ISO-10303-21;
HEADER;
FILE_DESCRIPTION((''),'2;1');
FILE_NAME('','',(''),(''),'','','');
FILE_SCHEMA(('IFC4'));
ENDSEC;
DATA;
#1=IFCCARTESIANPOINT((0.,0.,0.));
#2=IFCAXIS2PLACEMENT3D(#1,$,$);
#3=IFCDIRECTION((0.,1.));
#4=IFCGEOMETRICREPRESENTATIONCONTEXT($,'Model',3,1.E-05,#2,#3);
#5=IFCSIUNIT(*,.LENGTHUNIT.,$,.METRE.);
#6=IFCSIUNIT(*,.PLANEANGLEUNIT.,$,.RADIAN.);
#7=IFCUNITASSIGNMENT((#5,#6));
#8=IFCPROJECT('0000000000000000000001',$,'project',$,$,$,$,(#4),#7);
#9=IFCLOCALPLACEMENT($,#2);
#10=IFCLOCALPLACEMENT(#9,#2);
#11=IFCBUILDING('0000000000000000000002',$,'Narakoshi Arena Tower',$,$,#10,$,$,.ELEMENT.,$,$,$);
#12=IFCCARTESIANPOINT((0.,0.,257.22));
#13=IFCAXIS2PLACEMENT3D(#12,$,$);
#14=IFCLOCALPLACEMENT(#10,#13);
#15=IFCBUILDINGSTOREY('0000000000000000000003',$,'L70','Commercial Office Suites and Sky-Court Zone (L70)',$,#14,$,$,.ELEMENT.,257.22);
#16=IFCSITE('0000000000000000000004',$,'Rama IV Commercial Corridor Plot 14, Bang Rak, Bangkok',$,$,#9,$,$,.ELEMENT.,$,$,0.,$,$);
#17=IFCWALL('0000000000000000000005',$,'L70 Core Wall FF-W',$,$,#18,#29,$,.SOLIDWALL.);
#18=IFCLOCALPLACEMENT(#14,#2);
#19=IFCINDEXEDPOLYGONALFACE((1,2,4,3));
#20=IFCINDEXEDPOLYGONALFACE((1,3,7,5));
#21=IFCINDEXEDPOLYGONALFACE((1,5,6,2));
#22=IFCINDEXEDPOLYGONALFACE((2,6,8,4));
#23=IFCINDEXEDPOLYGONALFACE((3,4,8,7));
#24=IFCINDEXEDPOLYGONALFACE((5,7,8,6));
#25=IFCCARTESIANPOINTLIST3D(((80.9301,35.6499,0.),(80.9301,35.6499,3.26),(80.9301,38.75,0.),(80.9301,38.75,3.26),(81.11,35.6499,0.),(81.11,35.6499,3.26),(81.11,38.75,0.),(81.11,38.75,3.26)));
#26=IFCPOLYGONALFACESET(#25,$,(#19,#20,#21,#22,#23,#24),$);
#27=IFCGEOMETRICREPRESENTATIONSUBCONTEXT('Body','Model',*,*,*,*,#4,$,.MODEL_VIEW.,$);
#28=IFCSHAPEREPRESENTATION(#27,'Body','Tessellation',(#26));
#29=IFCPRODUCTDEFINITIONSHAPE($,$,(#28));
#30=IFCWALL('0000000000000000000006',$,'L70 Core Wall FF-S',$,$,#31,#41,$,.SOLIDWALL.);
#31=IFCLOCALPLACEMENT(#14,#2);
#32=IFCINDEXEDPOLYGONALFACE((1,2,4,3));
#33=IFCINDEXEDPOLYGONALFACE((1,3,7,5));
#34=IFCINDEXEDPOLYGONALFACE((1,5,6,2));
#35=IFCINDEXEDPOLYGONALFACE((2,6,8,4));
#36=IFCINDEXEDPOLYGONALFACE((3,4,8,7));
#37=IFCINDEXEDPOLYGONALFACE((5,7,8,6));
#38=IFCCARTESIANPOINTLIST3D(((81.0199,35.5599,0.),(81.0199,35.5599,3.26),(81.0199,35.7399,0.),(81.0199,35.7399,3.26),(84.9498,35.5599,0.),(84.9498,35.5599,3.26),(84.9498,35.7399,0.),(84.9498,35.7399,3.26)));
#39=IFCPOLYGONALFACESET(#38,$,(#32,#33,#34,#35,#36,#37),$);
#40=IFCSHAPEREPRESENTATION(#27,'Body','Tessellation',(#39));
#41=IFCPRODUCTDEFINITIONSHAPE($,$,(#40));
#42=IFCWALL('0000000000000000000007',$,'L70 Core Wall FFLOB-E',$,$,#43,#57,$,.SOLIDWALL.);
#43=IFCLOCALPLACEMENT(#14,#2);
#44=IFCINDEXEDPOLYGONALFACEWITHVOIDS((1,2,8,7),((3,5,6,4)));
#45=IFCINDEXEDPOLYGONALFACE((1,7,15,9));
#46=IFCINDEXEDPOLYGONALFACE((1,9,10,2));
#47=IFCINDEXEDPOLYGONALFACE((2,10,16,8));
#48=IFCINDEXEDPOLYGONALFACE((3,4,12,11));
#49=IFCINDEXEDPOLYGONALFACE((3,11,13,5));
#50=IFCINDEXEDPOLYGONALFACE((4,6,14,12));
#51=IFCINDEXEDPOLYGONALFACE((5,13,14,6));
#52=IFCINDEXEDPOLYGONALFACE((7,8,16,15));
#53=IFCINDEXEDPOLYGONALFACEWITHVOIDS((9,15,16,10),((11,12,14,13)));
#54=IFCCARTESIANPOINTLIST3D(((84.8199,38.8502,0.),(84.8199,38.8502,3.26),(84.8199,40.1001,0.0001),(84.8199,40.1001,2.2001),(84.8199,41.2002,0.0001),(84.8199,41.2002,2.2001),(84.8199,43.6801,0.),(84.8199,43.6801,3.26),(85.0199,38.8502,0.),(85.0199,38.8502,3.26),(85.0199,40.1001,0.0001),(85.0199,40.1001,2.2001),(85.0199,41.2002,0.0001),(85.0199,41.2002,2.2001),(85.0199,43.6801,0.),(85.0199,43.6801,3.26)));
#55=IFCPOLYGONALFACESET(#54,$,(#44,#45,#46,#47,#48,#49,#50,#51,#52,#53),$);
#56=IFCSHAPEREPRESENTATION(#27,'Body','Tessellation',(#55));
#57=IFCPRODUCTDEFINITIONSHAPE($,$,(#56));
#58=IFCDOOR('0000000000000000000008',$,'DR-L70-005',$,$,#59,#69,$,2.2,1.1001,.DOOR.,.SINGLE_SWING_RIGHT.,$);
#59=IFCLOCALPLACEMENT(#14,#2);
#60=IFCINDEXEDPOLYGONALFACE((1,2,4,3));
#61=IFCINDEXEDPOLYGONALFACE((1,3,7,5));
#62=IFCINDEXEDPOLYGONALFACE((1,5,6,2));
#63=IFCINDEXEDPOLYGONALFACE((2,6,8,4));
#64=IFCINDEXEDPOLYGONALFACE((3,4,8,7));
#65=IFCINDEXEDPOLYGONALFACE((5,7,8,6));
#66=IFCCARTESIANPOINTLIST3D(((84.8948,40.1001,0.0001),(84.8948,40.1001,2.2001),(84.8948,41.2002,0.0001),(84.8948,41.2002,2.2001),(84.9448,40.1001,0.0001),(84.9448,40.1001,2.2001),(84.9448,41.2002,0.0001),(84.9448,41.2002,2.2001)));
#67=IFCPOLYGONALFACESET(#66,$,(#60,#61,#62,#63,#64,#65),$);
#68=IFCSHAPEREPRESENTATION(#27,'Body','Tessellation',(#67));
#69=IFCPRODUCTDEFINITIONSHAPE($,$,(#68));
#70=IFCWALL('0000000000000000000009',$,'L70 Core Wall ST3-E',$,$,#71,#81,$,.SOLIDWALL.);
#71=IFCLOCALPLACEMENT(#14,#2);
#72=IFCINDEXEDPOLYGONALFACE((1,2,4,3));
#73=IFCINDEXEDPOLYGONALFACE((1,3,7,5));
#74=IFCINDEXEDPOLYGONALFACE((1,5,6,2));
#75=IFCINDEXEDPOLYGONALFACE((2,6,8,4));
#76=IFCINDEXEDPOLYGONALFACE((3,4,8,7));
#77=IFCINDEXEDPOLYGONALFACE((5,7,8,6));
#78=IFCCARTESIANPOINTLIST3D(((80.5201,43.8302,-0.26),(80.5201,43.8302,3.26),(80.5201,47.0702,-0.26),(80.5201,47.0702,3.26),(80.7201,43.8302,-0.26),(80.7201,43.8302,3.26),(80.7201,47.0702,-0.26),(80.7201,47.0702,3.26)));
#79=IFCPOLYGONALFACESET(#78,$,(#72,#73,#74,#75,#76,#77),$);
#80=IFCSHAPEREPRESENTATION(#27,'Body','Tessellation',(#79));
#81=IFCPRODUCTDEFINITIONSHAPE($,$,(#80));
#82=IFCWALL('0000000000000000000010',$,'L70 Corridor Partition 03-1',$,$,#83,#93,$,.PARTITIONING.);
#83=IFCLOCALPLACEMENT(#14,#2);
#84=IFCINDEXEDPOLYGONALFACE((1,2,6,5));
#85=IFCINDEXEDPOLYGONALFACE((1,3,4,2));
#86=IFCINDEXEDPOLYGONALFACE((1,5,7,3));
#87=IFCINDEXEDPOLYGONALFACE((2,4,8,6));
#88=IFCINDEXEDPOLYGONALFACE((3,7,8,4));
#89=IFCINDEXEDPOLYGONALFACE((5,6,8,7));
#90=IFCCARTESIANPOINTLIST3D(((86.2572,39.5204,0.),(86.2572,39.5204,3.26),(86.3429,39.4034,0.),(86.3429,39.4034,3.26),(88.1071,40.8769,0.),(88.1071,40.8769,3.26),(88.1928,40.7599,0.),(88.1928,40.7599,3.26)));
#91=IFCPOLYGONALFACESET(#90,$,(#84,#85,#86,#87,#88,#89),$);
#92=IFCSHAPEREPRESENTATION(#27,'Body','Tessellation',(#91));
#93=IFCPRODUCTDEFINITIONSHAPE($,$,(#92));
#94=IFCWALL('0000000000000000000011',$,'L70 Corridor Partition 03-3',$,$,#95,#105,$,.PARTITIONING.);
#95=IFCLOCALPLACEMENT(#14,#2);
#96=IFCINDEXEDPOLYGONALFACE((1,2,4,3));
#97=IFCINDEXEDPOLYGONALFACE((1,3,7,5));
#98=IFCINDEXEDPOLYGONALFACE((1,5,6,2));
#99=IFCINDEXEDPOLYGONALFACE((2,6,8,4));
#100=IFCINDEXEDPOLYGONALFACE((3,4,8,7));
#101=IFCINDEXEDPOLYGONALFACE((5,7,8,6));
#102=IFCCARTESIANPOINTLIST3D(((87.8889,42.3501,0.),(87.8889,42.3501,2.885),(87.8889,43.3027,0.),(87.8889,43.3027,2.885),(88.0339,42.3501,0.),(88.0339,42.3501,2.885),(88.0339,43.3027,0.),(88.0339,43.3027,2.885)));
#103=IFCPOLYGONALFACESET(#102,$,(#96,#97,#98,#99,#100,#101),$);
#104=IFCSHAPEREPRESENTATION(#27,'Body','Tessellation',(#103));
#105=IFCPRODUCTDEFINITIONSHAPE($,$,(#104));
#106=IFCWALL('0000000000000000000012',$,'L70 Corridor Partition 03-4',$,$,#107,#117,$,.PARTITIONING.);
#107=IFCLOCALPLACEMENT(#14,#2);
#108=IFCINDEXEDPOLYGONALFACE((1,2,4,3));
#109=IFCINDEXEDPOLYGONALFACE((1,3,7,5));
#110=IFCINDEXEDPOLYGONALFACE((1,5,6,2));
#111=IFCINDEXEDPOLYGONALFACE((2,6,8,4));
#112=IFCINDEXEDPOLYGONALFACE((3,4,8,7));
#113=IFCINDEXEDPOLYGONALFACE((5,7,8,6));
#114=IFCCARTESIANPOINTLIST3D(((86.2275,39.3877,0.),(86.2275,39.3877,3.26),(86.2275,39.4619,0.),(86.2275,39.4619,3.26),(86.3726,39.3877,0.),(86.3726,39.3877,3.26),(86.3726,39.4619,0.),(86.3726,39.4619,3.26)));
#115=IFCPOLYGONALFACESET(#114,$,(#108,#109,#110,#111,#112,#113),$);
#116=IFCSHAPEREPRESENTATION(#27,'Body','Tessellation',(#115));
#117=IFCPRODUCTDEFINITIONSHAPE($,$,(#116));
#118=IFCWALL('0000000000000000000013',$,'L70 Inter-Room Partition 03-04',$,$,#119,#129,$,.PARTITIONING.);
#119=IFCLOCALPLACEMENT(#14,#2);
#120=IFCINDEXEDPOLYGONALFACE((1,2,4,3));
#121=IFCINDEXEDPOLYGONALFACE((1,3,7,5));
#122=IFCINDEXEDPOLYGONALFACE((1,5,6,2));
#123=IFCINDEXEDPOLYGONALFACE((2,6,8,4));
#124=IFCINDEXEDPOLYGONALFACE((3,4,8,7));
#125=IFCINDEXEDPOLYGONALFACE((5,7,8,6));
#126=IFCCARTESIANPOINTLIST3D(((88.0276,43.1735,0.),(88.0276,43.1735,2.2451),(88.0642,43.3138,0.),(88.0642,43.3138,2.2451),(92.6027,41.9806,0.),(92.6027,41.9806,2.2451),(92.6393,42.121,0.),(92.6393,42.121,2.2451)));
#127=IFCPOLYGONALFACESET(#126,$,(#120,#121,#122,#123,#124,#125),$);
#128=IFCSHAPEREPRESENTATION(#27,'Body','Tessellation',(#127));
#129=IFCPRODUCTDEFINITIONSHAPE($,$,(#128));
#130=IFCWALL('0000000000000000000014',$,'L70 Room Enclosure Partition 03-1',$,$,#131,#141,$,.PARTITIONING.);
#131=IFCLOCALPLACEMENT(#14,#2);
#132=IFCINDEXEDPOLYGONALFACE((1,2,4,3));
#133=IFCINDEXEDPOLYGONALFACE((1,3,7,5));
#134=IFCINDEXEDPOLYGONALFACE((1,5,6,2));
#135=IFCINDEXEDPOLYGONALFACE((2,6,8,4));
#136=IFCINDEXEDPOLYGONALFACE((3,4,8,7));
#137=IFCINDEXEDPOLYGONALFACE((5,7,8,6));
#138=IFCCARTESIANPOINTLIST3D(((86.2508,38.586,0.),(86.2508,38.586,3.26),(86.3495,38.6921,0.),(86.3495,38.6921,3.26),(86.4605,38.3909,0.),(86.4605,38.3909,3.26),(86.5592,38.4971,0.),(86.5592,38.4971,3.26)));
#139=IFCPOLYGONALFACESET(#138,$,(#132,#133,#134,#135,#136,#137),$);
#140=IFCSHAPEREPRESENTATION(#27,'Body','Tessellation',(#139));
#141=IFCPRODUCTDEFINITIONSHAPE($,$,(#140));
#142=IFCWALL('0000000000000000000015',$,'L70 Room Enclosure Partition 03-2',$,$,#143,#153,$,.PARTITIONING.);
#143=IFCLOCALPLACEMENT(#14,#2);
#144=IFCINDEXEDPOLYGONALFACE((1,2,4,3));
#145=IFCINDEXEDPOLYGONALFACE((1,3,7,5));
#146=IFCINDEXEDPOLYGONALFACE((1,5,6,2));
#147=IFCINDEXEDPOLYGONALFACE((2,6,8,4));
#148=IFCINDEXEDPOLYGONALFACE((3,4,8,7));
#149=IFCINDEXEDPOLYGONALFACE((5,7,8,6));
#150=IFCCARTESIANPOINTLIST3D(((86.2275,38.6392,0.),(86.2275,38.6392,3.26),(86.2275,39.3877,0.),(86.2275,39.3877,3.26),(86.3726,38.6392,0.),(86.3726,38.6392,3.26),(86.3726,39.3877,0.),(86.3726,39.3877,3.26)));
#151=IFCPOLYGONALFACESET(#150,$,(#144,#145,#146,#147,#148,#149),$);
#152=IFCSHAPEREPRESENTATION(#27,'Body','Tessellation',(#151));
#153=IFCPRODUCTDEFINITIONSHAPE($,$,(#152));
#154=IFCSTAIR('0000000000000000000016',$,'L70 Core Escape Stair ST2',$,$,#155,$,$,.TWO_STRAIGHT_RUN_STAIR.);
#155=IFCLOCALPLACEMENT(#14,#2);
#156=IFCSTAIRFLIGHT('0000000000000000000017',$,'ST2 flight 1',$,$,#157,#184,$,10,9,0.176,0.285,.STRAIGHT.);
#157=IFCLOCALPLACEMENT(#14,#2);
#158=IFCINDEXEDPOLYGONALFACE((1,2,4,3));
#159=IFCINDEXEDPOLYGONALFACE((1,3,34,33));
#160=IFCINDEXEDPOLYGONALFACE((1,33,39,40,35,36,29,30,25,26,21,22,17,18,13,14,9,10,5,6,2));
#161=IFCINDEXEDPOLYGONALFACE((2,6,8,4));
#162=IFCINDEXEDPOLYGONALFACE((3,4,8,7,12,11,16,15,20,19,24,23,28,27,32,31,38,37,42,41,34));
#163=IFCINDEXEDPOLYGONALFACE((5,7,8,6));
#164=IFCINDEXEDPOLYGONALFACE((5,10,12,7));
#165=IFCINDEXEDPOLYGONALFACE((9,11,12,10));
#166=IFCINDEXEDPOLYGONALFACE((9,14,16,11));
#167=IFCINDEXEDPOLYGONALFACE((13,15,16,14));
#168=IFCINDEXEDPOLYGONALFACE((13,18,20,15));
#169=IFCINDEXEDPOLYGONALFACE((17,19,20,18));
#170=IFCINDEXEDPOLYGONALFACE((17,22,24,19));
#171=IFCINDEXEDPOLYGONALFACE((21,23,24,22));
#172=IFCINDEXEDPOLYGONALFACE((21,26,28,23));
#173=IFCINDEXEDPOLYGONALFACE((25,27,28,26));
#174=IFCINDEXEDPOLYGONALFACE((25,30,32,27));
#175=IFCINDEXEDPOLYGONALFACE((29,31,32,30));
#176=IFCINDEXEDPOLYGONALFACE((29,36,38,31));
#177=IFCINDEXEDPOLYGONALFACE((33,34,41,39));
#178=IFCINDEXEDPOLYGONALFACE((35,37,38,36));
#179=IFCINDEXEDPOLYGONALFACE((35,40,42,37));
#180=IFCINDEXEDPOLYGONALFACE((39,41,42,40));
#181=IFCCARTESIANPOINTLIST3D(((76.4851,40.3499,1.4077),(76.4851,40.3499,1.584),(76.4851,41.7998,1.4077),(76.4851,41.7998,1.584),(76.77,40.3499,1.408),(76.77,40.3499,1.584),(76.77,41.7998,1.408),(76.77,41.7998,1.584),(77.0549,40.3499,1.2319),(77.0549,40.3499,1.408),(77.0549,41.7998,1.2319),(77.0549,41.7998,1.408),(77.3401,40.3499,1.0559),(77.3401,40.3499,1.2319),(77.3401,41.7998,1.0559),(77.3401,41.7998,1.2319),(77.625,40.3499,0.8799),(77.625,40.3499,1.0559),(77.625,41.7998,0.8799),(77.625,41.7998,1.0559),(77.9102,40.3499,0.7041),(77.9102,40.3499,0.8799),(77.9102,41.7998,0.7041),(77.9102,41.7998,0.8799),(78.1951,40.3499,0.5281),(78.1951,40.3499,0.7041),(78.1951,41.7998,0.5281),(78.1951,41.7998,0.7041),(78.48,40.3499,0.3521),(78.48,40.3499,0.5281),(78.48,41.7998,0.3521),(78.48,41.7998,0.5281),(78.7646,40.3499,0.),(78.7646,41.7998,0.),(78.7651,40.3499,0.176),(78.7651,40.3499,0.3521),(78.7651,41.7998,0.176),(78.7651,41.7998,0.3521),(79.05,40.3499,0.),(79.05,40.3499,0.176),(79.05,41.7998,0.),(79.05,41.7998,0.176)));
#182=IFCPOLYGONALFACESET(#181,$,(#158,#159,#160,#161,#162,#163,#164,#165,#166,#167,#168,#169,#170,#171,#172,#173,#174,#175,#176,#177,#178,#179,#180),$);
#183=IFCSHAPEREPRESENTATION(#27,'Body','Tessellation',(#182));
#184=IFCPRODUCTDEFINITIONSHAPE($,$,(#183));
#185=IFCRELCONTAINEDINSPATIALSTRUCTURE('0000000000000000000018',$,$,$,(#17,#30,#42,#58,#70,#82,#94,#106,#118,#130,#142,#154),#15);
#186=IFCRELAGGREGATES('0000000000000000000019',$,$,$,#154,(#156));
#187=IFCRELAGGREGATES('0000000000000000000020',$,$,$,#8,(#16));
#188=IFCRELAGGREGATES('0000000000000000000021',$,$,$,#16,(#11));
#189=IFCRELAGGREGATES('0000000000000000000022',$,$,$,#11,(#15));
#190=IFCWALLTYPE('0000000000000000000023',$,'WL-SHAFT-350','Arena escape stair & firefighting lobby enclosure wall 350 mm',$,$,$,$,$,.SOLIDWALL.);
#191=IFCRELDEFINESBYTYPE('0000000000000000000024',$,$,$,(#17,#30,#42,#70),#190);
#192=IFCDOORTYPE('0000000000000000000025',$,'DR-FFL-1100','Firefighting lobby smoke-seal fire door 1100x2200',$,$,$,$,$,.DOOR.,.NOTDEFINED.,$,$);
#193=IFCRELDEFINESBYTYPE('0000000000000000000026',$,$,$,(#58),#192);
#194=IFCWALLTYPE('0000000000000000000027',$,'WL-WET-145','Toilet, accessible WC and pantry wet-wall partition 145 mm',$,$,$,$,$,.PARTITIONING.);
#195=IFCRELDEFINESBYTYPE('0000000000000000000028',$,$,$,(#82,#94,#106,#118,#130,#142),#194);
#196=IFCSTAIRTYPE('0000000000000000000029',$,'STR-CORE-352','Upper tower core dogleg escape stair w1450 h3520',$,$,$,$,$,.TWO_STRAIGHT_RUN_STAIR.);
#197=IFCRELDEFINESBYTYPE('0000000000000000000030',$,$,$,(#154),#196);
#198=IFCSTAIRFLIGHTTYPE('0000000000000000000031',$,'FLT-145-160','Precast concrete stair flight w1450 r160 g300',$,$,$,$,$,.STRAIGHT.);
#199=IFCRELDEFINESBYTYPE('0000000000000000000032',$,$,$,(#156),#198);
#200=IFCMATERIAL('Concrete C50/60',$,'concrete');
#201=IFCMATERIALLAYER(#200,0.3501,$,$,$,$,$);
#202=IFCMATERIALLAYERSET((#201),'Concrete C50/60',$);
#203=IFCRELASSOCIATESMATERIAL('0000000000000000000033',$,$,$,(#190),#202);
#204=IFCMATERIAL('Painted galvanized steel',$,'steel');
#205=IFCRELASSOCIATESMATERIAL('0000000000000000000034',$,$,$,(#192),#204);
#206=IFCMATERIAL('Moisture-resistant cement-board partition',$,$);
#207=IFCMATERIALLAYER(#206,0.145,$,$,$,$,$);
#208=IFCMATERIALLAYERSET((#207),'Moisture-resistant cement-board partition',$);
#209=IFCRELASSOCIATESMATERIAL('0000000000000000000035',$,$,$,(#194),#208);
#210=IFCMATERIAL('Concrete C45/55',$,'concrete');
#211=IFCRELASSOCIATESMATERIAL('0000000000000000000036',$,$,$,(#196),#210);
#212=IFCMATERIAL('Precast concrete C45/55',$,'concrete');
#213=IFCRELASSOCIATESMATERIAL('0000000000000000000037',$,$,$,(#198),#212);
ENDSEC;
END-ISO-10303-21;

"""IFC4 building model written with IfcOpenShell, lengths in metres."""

from ifc_helpers import new_model, si_unit, direction, frame, frame_2d, origin, place, context, subcontext, project, spatial, polyline, rectangle, outline, extrude, material, layer, layer_set, type_object, element, fill, aggregate, save


model = new_model("IFC4")

# Units and contexts
model_context = context("Model", 3, precision=1e-05, world=origin(), true_north=direction((0.0, 1.0)))
body_context = subcontext(model_context, "Body", "Model", "MODEL_VIEW")
ifc_project = project(units=[si_unit("LENGTHUNIT", "METRE"), si_unit("PLANEANGLEUNIT", "RADIAN")], contexts=[model_context])

# Site, building, storey
site_placement = place(None, origin())
site = spatial("IfcSite", under=ifc_project, at=site_placement, Name="Rama IV Commercial Corridor Plot 14, Bang Rak, Bangkok", CompositionType="ELEMENT", RefElevation=0.0)
building_placement = place(site_placement, origin())
building = spatial("IfcBuilding", under=site, at=building_placement, Name="Narakoshi Arena Tower", CompositionType="ELEMENT")
storey_placement = place(building_placement, frame((0.0, 0.0, 257.22)))
storey = spatial("IfcBuildingStorey", under=building, at=storey_placement, Name="L70", Description="Commercial Office Suites and Sky-Court Zone (L70)", CompositionType="ELEMENT", Elevation=257.22)

# Shared definitions
ifc_material_1 = material(Name="Concrete C50/60", Category="concrete")

# Shared definitions
ifc_material_2 = material(Name="Precast concrete C45/55", Category="concrete")
ifc_layer_1 = layer(ifc_material_1, 0.3501)
ifc_layer_set_1 = layer_set([ifc_layer_1], Name="Concrete C50/60")
wall_type_1 = type_object("IfcWallType", Name="WL-SHAFT-350", Description="Arena escape stair & firefighting lobby enclosure wall 350 mm", PredefinedType="SOLIDWALL", material=ifc_layer_set_1)

# Shared definitions
ifc_material_3 = material(Name="Painted galvanized steel", Category="steel")

# Walls
for number, where, z_axis, x_axis, name in (
    (1, (81.02, 35.6499, 0.0), (0.0, 0.0, 1.0), (0.0, 1.0, 0.0), "L70 Core Wall FF-W"),
):
    element("IfcWall", number, at=place(storey_placement, frame(where, z_axis=z_axis, x_axis=x_axis)), inside=storey, type_object=wall_type_1, Name=name, PredefinedType="SOLIDWALL", context=body_context, shape_type="SweptSolid", body=[
        extrude(rectangle(XDim=3.1001, YDim=0.1799, at=frame_2d((1.55, 0.0))), origin(), (0.0, 0.0, 1.0), 3.26),
    ])
wall_1_placement = place(storey_placement, frame((81.02, 35.6499, 0.0), z_axis=(0.0, 0.0, 1.0), x_axis=(1.0, 0.0, 0.0)))
element("IfcWall", 2, at=wall_1_placement, inside=storey, type_object=wall_type_1, Name="L70 Core Wall FF-S", PredefinedType="SOLIDWALL", context=body_context, shape_type="SweptSolid", body=[
    extrude(rectangle(XDim=3.9299, YDim=0.1799, at=frame_2d((1.9648, 0.0))), origin(), (0.0, 0.0, 1.0), 3.26),
])

# Wall, opening, door
wall_2_placement = place(storey_placement, frame((84.9199, 38.8501, 0.0), z_axis=(0.0, 0.0, 1.0), x_axis=(0.0, 1.0, 0.0)))
wall_2 = element("IfcWall", 3, at=wall_2_placement, inside=storey, type_object=wall_type_1, Name="L70 Core Wall FFLOB-E", PredefinedType="SOLIDWALL", context=body_context, shape_type="SweptSolid", body=[
    extrude(rectangle(XDim=4.8298, YDim=0.2, at=frame_2d((2.415, 0.0))), origin(), (0.0, 0.0, 1.0), 3.26),
])
opening_1_placement = place(wall_2_placement, frame((1.25, 0.0, 0.0)))
opening_1 = element("IfcOpeningElement", 4, at=opening_1_placement, cuts=wall_2, PredefinedType="OPENING", context=body_context, shape_type="SweptSolid", body=[
    extrude(rectangle(XDim=1.1001, YDim=2.2, at=frame_2d((0.55, 1.1001))), frame((0.0, 0.1099, 0.0), z_axis=(0.0, -1.0, 0.0), x_axis=(1.0, 0.0, 0.0)), (0.0, 0.0, 1.0), 0.22),
])
door_type_1 = type_object("IfcDoorType", Name="DR-FFL-1100", Description="Firefighting lobby smoke-seal fire door 1100x2200", OperationType="NOTDEFINED", PredefinedType="DOOR", material=ifc_material_3)
door_1_placement = place(opening_1_placement, frame((1.1001, 0.0, 0.0), z_axis=(0.0, 0.0, 1.0), x_axis=(-1.0, 0.0, 0.0)))
door_1 = element("IfcDoor", 5, at=door_1_placement, inside=storey, type_object=door_type_1, Name="DR-L70-005", OperationType="SINGLE_SWING_RIGHT", OverallHeight=2.2, OverallWidth=1.1001, PredefinedType="DOOR", context=body_context, shape_type="SweptSolid", body=[
    extrude(rectangle(XDim=1.1001, YDim=2.2, at=frame_2d((0.55, 1.1001))), frame((0.0, 0.0249, 0.0), z_axis=(0.0, -1.0, 0.0), x_axis=(1.0, 0.0, 0.0)), (0.0, 0.0, 1.0), 0.05),
])
fill(opening_1, door_1)

# Walls
wall_3_placement = place(storey_placement, frame((80.6201, 43.8301, -0.26), z_axis=(0.0, 0.0, 1.0), x_axis=(0.0, 1.0, 0.0)))
element("IfcWall", 6, at=wall_3_placement, inside=storey, type_object=wall_type_1, Name="L70 Core Wall ST3-E", PredefinedType="SOLIDWALL", context=body_context, shape_type="SweptSolid", body=[
    extrude(rectangle(XDim=3.24, YDim=0.2, at=frame_2d((1.6201, 0.0))), origin(), (0.0, 0.0, 1.0), 3.52),
])
ifc_material_4 = material(Name="Moisture-resistant cement-board partition")
ifc_layer_2 = layer(ifc_material_4, 0.145)
ifc_layer_set_2 = layer_set([ifc_layer_2], Name="Moisture-resistant cement-board partition")
wall_type_2 = type_object("IfcWallType", Name="WL-WET-145", Description="Toilet, accessible WC and pantry wet-wall partition 145 mm", PredefinedType="PARTITIONING", material=ifc_layer_set_2)
wall_4_placement = place(storey_placement, frame((86.3, 39.4619, 0.0), z_axis=(0.0, 0.0, 1.0), x_axis=(0.806429, 0.591331, 0.0)))
element("IfcWall", 7, at=wall_4_placement, inside=storey, type_object=wall_type_2, Name="L70 Corridor Partition 03-1", PredefinedType="PARTITIONING", context=body_context, shape_type="SweptSolid", body=[
    extrude(rectangle(XDim=2.2939, YDim=0.145, at=frame_2d((1.147, 0.0))), origin(), (0.0, 0.0, 1.0), 3.26),
])
wall_5_placement = place(storey_placement, frame((87.9614, 42.3501, 0.0), z_axis=(0.0, 0.0, 1.0), x_axis=(0.0, 1.0, 0.0)))
element("IfcWall", 8, at=wall_5_placement, inside=storey, type_object=wall_type_2, Name="L70 Corridor Partition 03-3", PredefinedType="PARTITIONING", context=body_context, shape_type="SweptSolid", body=[
    extrude(rectangle(XDim=0.9526, YDim=0.145, at=frame_2d((0.4763, 0.0))), origin(), (0.0, 0.0, 1.0), 2.885),
])
wall_6_placement = place(storey_placement, frame((86.3, 39.3877, 0.0), z_axis=(0.0, 0.0, 1.0), x_axis=(0.0, 1.0, 0.0)))
element("IfcWall", 9, at=wall_6_placement, inside=storey, type_object=wall_type_2, Name="L70 Corridor Partition 03-4", PredefinedType="PARTITIONING", context=body_context, shape_type="SweptSolid", body=[
    extrude(rectangle(XDim=0.0742, YDim=0.145, at=frame_2d((0.0371, 0.0))), origin(), (0.0, 0.0, 1.0), 3.26),
])
wall_7_placement = place(storey_placement, frame((88.0459, 43.2437, 0.0), z_axis=(0.0, 0.0, 1.0), x_axis=(0.967651, -0.252292, 0.0)))
element("IfcWall", 10, at=wall_7_placement, inside=storey, type_object=wall_type_2, Name="L70 Inter-Room Partition 03-04", PredefinedType="PARTITIONING", context=body_context, shape_type="SweptSolid", body=[
    extrude(rectangle(XDim=4.728, YDim=0.145, at=frame_2d((2.364, 0.0))), origin(), (0.0, 0.0, 1.0), 2.2451),
])
wall_8_placement = place(storey_placement, frame((86.5098, 38.4441, 0.0), z_axis=(0.0, 0.0, 1.0), x_axis=(-0.732216, 0.681072, 0.0)))
element("IfcWall", 11, at=wall_8_placement, inside=storey, type_object=wall_type_2, Name="L70 Room Enclosure Partition 03-1", PredefinedType="PARTITIONING", context=body_context, shape_type="SweptSolid", body=[
    extrude(rectangle(XDim=0.2864, YDim=0.145, at=frame_2d((0.1431, 0.0))), origin(), (0.0, 0.0, 1.0), 3.26),
])
wall_9_placement = place(storey_placement, frame((86.3, 38.6392, 0.0), z_axis=(0.0, 0.0, 1.0), x_axis=(0.0, 1.0, 0.0)))
element("IfcWall", 12, at=wall_9_placement, inside=storey, type_object=wall_type_2, Name="L70 Room Enclosure Partition 03-2", PredefinedType="PARTITIONING", context=body_context, shape_type="SweptSolid", body=[
    extrude(rectangle(XDim=0.7485, YDim=0.145, at=frame_2d((0.3743, 0.0))), origin(), (0.0, 0.0, 1.0), 3.26),
])

# Stair, stair flight
ifc_material_5 = material(Name="Concrete C45/55", Category="concrete")
stair_type = type_object("IfcStairType", Name="STR-CORE-352", Description="Upper tower core dogleg escape stair w1450 h3520", PredefinedType="TWO_STRAIGHT_RUN_STAIR", material=ifc_material_5)
stair_placement = place(storey_placement, origin())
stair = element("IfcStair", 13, at=stair_placement, inside=storey, type_object=stair_type, Name="L70 Core Escape Stair ST2", PredefinedType="TWO_STRAIGHT_RUN_STAIR")
stair_flight_type = type_object("IfcStairFlightType", Name="FLT-145-160", Description="Precast concrete stair flight w1450 r160 g300", PredefinedType="STRAIGHT", material=ifc_material_2)
stair_flight_placement = place(storey_placement, frame((79.05, 41.075, 0.0), z_axis=(0.0, 0.0, 1.0), x_axis=(-1.0, 0.0, 0.0)))
stair_flight = element("IfcStairFlight", 14, at=stair_flight_placement, type_object=stair_flight_type, Name="ST2 flight 1", NumberOfRisers=10, NumberOfTreads=9, PredefinedType="STRAIGHT", RiserHeight=0.176, TreadLength=0.285, context=body_context, shape_type="SweptSolid", body=[
    extrude(outline(polyline([(0.0, 0.0), (0.0, 0.176), (0.2849, 0.176), (0.2849, 0.3521), (0.5701, 0.3521), (0.5701, 0.5281), (0.855, 0.5281), (0.855, 0.7041), (1.1399, 0.7041), (1.1399, 0.8799), (1.425, 0.8799), (1.425, 1.0559), (1.71, 1.0559), (1.71, 1.2319), (1.9951, 1.2319), (1.9951, 1.408), (2.28, 1.408), (2.28, 1.584), (2.5649, 1.584), (2.5649, 1.76), (2.5649, 1.4077), (0.2854, 0.0), (0.0, 0.0)])), frame((0.0, 0.7251, 0.0), z_axis=(0.0, -1.0, 0.0), x_axis=(1.0, 0.0, 0.0)), (0.0, 0.0, 1.0), 1.45),
])
aggregate(stair, [stair_flight])

save(model, "model.ifc")
